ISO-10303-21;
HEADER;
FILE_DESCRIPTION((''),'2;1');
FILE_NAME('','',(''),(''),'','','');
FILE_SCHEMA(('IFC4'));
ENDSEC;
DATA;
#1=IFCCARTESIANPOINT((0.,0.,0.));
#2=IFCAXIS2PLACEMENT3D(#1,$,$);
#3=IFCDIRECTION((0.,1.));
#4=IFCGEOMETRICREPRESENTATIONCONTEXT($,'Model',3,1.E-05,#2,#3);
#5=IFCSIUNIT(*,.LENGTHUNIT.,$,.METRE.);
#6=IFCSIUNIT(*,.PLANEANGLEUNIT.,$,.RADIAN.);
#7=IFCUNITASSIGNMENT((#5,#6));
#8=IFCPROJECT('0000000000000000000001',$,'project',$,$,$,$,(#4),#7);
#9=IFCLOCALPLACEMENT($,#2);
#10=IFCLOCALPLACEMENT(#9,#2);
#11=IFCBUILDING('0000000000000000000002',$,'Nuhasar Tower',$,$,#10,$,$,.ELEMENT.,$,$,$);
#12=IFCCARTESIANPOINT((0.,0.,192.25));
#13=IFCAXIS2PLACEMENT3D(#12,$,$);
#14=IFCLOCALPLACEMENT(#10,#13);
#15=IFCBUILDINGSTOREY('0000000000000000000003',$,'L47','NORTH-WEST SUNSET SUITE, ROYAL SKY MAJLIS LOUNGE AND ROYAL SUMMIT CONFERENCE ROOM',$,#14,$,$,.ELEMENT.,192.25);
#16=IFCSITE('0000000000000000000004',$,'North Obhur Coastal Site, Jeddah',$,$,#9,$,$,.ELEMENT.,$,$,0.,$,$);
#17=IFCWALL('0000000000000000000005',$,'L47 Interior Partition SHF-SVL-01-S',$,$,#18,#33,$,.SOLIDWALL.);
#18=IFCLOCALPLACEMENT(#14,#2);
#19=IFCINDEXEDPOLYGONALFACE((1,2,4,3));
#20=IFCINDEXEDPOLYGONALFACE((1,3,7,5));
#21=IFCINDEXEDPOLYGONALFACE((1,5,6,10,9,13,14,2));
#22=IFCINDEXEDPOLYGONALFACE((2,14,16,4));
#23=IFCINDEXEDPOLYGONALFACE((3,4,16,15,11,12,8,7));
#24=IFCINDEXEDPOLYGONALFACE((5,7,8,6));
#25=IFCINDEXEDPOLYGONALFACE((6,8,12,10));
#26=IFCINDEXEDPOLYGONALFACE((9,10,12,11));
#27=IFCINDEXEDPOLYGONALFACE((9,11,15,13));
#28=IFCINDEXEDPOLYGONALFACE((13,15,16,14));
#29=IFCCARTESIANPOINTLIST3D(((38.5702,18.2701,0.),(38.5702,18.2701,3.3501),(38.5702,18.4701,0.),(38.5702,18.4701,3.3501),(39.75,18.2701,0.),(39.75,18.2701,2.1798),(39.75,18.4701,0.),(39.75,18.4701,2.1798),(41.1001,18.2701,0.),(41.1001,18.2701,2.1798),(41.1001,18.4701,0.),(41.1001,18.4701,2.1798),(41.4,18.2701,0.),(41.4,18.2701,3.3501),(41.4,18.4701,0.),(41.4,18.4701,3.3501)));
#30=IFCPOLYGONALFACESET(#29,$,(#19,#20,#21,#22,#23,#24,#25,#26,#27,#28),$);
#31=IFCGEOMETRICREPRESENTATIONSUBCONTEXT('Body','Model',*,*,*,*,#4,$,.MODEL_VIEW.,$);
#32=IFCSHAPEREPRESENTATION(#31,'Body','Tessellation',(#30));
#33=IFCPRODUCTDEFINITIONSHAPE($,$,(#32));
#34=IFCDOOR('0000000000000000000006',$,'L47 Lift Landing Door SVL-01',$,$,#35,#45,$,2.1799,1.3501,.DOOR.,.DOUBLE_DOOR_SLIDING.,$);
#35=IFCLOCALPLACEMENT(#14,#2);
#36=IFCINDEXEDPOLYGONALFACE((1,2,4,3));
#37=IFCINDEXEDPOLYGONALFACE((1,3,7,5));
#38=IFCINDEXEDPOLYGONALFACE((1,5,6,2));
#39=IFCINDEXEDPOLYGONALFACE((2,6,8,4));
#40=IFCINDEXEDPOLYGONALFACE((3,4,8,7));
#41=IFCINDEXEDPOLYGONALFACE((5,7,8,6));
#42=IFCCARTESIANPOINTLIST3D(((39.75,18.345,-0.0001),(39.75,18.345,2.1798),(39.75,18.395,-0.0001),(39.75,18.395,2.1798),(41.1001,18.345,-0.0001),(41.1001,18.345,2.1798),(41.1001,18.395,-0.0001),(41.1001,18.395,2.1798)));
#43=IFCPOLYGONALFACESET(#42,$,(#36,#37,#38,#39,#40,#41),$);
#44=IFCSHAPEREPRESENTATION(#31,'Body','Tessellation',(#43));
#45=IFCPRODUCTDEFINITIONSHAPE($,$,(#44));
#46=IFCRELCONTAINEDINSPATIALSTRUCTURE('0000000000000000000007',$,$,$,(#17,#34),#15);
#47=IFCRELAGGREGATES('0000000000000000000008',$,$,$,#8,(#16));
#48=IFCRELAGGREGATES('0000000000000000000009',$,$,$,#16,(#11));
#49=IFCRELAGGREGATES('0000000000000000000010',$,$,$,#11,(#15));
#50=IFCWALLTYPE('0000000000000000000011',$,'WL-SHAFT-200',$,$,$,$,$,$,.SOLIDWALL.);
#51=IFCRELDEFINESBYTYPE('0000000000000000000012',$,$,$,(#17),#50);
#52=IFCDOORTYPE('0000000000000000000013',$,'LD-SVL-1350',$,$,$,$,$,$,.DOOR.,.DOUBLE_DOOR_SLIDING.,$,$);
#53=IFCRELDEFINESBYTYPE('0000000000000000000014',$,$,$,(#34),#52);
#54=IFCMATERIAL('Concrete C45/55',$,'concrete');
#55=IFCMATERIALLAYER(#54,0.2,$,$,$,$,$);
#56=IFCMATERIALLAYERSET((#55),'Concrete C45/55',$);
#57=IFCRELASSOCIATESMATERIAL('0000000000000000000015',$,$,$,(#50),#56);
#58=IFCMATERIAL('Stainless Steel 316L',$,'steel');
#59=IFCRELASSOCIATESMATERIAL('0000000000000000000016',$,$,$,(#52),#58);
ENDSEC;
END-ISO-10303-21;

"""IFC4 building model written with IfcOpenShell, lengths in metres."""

from ifc_helpers import new_model, si_unit, direction, frame, frame_2d, origin, place, context, subcontext, project, spatial, rectangle, extrude, material, layer, layer_set, type_object, element, fill, save


model = new_model("IFC4")

# Units and contexts
model_context = context("Model", 3, precision=1e-05, world=origin(), true_north=direction((0.0, 1.0)))
body_context = subcontext(model_context, "Body", "Model", "MODEL_VIEW")
ifc_project = project(units=[si_unit("LENGTHUNIT", "METRE"), si_unit("PLANEANGLEUNIT", "RADIAN")], contexts=[model_context])

# Site, building, storey
site_placement = place(None, origin())
site = spatial("IfcSite", under=ifc_project, at=site_placement, Name="North Obhur Coastal Site, Jeddah", CompositionType="ELEMENT", RefElevation=0.0)
building_placement = place(site_placement, origin())
building = spatial("IfcBuilding", under=site, at=building_placement, Name="Nuhasar Tower", CompositionType="ELEMENT")
storey_placement = place(building_placement, frame((0.0, 0.0, 192.25)))
storey = spatial("IfcBuildingStorey", under=building, at=storey_placement, Name="L47", Description="NORTH-WEST SUNSET SUITE, ROYAL SKY MAJLIS LOUNGE AND ROYAL SUMMIT CONFERENCE ROOM", CompositionType="ELEMENT", Elevation=192.25)

# Shared definitions
ifc_material_1 = material(Name="Concrete C45/55", Category="concrete")
ifc_layer_1 = layer(ifc_material_1, 0.2)
ifc_layer_set_1 = layer_set([ifc_layer_1], Name="Concrete C45/55")
wall_type_1 = type_object("IfcWallType", Name="WL-SHAFT-200", PredefinedType="SOLIDWALL", material=ifc_layer_set_1)

# Shared definitions
ifc_material_2 = material(Name="Stainless Steel 316L", Category="steel")

# Wall, opening, door
wall_1_placement = place(storey_placement, frame((38.5701, 18.3701, 0.0), z_axis=(0.0, 0.0, 1.0), x_axis=(1.0, 0.0, 0.0)))
wall_1 = element("IfcWall", 1, at=wall_1_placement, inside=storey, type_object=wall_type_1, Name="L47 Interior Partition SHF-SVL-01-S", PredefinedType="SOLIDWALL", context=body_context, shape_type="SweptSolid", body=[
    extrude(rectangle(XDim=2.8298, YDim=0.2, at=frame_2d((1.415, 0.0))), origin(), (0.0, 0.0, 1.0), 3.3501),
])
opening_1_placement = place(wall_1_placement, frame((1.1799, 0.0, 0.0)))
opening_1 = element("IfcOpeningElement", 2, at=opening_1_placement, cuts=wall_1, PredefinedType="OPENING", context=body_context, shape_type="SweptSolid", body=[
    extrude(rectangle(XDim=1.3501, YDim=2.1799, at=frame_2d((0.675, 1.0898))), frame((0.0, 0.1099, 0.0), z_axis=(0.0, -1.0, 0.0), x_axis=(1.0, 0.0, 0.0)), (0.0, 0.0, 1.0), 0.22),
])
door_type_1 = type_object("IfcDoorType", Name="LD-SVL-1350", OperationType="DOUBLE_DOOR_SLIDING", PredefinedType="DOOR", material=ifc_material_2)
door_1_placement = place(opening_1_placement, origin())
door_1 = element("IfcDoor", 3, at=door_1_placement, inside=storey, type_object=door_type_1, Name="L47 Lift Landing Door SVL-01", OperationType="DOUBLE_DOOR_SLIDING", OverallHeight=2.1799, OverallWidth=1.3501, PredefinedType="DOOR", context=body_context, shape_type="SweptSolid", body=[
    extrude(rectangle(XDim=1.3501, YDim=2.1799, at=frame_2d((0.675, 1.0898))), frame((0.0, 0.0249, 0.0), z_axis=(0.0, -1.0, 0.0), x_axis=(1.0, 0.0, 0.0)), (0.0, 0.0, 1.0), 0.05),
])
fill(opening_1, door_1)

save(model, "model.ifc")
